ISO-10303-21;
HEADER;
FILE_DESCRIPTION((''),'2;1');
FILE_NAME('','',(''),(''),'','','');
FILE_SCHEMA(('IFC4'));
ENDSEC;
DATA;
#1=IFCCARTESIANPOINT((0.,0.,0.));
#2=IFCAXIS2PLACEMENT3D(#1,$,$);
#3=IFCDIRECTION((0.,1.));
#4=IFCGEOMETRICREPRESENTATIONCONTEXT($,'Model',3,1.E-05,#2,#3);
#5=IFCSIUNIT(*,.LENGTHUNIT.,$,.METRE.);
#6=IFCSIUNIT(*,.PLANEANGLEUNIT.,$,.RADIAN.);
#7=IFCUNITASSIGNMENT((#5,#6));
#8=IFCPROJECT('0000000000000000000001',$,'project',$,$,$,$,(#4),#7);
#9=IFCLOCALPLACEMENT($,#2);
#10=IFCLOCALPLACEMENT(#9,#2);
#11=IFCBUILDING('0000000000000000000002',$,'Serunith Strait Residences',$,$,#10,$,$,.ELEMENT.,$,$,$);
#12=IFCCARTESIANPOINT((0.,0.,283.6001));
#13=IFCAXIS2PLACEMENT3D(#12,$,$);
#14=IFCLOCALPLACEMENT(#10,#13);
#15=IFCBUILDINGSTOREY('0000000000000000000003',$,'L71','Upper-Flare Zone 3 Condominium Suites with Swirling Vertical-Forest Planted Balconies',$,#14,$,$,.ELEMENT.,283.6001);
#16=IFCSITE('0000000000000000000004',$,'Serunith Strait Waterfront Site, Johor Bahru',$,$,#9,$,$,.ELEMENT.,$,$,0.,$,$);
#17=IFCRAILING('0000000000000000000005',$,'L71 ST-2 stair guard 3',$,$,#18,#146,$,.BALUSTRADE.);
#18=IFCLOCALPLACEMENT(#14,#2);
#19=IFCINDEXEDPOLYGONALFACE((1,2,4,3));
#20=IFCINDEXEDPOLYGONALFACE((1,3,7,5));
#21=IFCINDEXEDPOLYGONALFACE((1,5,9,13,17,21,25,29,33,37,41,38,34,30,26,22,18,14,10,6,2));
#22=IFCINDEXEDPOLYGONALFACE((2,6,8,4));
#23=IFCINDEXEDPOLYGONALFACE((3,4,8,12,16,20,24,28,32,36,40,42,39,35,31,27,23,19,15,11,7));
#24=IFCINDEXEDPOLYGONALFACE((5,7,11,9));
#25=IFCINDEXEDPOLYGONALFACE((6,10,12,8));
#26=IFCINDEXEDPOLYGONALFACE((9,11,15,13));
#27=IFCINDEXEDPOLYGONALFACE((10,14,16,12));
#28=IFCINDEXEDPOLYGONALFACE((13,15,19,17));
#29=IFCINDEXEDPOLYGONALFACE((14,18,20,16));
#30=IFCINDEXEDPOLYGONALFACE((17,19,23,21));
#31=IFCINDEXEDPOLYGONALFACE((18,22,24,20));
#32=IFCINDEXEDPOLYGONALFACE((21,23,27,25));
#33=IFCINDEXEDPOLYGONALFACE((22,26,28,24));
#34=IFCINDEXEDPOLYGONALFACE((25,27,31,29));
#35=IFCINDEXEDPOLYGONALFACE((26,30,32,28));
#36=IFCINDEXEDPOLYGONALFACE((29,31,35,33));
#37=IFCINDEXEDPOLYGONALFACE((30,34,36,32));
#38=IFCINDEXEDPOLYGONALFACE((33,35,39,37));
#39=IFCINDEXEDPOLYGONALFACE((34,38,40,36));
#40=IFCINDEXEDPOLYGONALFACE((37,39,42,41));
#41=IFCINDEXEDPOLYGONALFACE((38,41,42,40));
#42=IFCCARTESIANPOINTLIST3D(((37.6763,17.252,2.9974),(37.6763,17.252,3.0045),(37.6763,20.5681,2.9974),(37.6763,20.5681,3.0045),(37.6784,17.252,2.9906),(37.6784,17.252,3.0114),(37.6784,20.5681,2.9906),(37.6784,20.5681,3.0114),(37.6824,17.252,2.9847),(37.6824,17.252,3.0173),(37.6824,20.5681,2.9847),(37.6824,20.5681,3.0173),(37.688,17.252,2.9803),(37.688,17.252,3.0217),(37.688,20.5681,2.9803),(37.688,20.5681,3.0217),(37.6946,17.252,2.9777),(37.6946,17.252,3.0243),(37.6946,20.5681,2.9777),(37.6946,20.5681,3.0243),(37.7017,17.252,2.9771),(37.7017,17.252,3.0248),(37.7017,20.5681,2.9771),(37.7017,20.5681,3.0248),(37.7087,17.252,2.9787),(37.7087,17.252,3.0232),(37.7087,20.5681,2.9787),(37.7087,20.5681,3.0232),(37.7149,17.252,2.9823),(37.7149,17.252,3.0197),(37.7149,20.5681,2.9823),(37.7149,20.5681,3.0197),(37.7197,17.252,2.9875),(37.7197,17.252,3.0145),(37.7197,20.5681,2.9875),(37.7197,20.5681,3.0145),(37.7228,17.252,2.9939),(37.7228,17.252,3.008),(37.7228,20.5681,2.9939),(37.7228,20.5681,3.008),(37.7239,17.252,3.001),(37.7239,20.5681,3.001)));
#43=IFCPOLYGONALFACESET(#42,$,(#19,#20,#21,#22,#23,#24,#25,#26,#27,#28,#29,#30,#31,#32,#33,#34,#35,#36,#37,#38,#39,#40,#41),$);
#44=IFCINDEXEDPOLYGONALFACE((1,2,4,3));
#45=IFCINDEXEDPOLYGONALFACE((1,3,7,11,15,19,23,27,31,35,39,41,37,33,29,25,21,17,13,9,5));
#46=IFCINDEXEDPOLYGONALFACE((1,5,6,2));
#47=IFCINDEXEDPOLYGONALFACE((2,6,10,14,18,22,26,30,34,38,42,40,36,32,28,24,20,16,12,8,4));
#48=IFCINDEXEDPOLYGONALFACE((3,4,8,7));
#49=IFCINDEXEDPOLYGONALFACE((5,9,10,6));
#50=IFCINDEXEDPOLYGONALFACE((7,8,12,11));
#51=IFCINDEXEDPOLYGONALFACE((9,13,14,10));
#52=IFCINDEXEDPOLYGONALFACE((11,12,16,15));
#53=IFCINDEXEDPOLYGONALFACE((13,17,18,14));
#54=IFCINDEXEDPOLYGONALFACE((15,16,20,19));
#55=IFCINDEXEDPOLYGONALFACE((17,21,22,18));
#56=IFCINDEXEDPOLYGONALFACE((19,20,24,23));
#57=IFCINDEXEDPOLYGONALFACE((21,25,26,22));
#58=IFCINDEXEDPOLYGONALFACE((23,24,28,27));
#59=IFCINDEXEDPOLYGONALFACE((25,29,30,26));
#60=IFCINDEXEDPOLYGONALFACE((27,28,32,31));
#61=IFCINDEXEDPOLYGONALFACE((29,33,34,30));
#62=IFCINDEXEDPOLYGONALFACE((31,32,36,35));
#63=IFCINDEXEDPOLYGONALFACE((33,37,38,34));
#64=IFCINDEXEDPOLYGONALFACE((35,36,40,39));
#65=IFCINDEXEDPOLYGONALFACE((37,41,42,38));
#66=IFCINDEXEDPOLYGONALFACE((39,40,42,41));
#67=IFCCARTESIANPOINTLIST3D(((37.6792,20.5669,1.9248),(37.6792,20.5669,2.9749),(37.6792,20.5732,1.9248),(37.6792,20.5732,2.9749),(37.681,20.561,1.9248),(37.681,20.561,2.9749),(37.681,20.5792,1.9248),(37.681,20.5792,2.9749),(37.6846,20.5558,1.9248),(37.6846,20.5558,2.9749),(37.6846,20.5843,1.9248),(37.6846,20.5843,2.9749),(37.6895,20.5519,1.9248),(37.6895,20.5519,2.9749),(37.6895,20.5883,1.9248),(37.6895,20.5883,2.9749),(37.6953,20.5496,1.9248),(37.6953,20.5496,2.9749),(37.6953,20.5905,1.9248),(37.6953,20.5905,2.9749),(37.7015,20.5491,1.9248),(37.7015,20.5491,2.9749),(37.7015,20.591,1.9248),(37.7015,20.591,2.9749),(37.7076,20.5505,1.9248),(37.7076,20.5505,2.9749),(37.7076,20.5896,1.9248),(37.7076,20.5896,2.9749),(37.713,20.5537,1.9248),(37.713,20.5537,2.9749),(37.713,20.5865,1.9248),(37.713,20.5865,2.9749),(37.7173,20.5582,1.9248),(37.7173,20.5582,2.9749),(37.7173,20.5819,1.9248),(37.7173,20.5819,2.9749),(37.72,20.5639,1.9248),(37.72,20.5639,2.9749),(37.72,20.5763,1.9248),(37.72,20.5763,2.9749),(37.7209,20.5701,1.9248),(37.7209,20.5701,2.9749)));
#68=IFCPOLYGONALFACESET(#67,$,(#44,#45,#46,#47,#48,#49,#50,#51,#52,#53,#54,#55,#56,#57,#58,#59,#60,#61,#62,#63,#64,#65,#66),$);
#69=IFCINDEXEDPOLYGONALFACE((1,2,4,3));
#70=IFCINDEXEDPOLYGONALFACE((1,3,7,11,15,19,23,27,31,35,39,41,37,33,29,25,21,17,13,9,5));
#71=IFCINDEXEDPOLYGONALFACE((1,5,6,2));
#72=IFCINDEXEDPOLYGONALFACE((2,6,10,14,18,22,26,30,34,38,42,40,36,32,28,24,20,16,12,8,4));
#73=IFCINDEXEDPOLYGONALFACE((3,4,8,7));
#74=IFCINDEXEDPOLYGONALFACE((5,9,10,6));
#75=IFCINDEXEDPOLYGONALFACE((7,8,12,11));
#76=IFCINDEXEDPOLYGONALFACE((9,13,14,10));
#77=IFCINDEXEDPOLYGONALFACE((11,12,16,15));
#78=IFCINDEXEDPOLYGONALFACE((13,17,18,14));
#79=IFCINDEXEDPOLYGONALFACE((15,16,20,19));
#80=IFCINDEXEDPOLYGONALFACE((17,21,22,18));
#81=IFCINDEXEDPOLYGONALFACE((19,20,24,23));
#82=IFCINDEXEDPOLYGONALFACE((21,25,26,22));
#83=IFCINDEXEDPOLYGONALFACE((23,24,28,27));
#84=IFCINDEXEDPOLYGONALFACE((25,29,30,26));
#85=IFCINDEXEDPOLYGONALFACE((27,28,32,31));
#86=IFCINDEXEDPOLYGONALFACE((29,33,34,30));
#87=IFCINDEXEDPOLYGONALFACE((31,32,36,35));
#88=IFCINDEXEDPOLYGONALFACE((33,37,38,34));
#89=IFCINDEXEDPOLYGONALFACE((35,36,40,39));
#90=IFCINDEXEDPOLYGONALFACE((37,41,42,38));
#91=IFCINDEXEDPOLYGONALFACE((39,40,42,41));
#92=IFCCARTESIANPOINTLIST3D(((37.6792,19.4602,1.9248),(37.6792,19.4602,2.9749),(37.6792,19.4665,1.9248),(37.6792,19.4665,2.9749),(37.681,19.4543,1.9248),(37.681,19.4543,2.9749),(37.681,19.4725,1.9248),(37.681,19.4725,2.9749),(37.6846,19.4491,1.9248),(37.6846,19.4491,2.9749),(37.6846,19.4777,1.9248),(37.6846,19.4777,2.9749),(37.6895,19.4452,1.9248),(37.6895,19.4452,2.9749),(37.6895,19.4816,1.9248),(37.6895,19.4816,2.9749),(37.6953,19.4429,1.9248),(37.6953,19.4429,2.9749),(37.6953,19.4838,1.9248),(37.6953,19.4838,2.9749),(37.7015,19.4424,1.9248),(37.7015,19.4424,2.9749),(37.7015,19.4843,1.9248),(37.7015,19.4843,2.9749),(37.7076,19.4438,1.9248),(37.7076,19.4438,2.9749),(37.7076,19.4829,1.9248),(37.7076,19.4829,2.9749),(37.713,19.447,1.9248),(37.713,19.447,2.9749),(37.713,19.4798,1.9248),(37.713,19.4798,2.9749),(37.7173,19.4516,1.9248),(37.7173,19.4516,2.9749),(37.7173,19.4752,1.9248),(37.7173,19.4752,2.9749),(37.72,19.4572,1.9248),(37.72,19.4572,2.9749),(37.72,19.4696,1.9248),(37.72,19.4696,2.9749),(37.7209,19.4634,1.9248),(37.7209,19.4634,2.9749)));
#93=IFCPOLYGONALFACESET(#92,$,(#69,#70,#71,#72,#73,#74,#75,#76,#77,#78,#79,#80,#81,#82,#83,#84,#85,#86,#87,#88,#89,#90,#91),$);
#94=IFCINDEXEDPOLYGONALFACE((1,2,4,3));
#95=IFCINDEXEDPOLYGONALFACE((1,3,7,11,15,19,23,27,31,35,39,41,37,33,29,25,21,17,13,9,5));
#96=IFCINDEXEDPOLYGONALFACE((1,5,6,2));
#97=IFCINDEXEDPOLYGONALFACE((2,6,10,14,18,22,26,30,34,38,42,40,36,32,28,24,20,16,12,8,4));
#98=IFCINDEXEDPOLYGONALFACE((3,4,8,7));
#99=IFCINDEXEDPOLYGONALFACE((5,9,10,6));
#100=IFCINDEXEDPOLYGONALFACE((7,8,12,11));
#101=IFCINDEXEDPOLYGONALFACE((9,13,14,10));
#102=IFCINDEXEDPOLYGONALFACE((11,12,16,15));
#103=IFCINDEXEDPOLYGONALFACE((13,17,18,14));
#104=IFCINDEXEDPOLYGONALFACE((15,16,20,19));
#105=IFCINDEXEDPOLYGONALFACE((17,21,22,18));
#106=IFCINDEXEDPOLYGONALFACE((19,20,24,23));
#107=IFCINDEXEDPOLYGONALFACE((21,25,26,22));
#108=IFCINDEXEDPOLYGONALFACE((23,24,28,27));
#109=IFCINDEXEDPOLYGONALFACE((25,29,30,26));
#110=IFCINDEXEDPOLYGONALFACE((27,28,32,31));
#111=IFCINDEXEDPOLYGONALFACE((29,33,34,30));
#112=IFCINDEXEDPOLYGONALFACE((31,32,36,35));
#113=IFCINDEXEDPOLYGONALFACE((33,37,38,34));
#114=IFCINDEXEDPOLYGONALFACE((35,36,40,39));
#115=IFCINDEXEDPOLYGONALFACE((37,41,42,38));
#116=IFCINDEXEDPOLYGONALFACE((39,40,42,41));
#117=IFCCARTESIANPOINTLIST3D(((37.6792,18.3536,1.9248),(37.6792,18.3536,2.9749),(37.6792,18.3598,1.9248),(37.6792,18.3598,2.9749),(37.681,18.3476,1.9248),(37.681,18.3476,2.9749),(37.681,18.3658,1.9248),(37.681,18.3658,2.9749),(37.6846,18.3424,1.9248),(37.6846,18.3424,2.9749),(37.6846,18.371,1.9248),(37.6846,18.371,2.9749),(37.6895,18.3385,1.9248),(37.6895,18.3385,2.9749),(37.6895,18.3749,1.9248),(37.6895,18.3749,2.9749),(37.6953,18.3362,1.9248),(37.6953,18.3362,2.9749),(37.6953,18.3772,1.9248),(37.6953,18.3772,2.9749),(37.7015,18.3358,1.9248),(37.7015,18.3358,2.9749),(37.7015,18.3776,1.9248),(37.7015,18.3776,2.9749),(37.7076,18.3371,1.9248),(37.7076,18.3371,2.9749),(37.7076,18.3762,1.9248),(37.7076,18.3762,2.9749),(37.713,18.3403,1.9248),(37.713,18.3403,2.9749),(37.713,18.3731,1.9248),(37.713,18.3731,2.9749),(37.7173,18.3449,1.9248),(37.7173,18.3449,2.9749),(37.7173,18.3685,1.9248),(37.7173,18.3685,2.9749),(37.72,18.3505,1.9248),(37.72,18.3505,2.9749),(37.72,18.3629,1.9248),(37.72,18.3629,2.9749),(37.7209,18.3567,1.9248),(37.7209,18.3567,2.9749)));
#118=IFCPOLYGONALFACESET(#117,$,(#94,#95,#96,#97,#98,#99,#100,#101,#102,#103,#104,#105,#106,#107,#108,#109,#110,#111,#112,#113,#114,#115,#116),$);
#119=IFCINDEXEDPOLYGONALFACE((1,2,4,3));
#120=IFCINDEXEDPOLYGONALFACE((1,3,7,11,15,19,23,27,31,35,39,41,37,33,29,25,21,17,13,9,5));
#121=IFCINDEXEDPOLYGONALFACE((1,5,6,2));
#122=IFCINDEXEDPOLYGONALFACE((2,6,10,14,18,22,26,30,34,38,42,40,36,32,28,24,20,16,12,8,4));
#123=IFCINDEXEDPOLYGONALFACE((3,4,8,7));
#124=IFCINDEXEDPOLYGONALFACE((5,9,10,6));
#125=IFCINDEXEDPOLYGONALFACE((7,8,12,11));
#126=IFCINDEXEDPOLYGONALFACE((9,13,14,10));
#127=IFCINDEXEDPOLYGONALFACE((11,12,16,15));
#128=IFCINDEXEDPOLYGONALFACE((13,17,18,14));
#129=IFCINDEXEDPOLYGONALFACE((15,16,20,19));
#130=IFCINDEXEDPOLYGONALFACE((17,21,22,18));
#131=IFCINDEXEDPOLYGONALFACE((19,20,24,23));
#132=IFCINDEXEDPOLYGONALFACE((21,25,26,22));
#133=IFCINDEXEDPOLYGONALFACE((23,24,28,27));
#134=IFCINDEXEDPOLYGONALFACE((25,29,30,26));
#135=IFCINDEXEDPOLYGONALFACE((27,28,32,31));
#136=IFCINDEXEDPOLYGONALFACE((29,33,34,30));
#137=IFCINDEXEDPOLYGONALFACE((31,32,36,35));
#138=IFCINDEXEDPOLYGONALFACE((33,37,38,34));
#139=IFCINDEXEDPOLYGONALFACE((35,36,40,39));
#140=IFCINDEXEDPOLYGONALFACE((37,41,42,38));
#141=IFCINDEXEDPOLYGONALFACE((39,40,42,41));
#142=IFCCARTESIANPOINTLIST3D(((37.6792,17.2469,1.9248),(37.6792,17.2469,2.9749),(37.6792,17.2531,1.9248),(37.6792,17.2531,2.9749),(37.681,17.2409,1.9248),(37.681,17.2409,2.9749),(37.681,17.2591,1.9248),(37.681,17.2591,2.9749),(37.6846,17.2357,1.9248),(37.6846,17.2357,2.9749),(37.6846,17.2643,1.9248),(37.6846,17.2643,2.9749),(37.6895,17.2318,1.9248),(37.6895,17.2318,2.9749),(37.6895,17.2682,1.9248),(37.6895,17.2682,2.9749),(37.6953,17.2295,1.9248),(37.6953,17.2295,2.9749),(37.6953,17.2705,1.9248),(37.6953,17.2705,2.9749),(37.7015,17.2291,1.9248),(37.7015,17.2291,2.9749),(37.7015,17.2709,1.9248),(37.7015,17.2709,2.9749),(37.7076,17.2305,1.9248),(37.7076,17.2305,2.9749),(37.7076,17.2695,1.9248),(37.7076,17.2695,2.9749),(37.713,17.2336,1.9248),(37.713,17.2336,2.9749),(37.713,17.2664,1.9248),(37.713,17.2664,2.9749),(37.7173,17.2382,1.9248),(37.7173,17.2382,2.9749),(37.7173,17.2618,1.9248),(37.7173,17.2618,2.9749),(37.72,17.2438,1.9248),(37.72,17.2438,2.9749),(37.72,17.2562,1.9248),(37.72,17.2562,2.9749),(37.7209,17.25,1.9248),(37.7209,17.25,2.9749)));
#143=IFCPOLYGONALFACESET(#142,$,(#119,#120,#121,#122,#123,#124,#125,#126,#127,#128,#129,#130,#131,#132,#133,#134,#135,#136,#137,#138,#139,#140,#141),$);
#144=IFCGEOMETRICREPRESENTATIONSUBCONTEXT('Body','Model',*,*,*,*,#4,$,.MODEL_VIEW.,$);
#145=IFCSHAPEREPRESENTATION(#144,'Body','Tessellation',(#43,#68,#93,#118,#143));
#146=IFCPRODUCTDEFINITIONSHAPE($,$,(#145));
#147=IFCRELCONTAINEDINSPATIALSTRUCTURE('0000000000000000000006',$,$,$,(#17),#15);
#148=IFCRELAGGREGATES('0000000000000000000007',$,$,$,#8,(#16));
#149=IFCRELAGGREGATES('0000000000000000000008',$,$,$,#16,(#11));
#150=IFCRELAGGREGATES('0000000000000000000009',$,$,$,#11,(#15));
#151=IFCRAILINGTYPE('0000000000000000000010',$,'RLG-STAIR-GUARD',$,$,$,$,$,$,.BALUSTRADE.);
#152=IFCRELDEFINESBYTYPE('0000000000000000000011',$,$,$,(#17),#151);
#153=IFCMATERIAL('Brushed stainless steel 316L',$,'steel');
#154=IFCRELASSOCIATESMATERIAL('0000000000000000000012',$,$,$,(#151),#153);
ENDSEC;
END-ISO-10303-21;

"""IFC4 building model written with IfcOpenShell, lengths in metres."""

from ifc_helpers import new_model, si_unit, direction, frame, origin, origin_2d, place, context, subcontext, project, spatial, circle, extrude, material, type_object, element, save


model = new_model("IFC4")

# Units and contexts
model_context = context("Model", 3, precision=1e-05, world=origin(), true_north=direction((0.0, 1.0)))
body_context = subcontext(model_context, "Body", "Model", "MODEL_VIEW")
ifc_project = project(units=[si_unit("LENGTHUNIT", "METRE"), si_unit("PLANEANGLEUNIT", "RADIAN")], contexts=[model_context])

# Site, building, storey
site_placement = place(None, origin())
site = spatial("IfcSite", under=ifc_project, at=site_placement, Name="Serunith Strait Waterfront Site, Johor Bahru", CompositionType="ELEMENT", RefElevation=0.0)
building_placement = place(site_placement, origin())
building = spatial("IfcBuilding", under=site, at=building_placement, Name="Serunith Strait Residences", CompositionType="ELEMENT")
storey_placement = place(building_placement, frame((0.0, 0.0, 283.6001)))
storey = spatial("IfcBuildingStorey", under=building, at=storey_placement, Name="L71", Description="Upper-Flare Zone 3 Condominium Suites with Swirling Vertical-Forest Planted Balconies", CompositionType="ELEMENT", Elevation=283.6001)

# Railing
ifc_material_1 = material(Name="Brushed stainless steel 316L", Category="steel")
railing_type_1 = type_object("IfcRailingType", Name="RLG-STAIR-GUARD", PredefinedType="BALUSTRADE", material=ifc_material_1)
for number, where, name in (
    (1, (37.7, 20.5701, 1.9248), "L71 ST-2 stair guard 3"),
):
    element("IfcRailing", number, at=place(storey_placement, frame(where)), inside=storey, type_object=railing_type_1, Name=name, PredefinedType="BALUSTRADE", context=body_context, shape_type="SweptSolid", body=[
        extrude(circle(Radius=0.0239, at=origin_2d()), frame((0.0, -0.002, 1.0762), z_axis=(0.0, -1.0, 0.0), x_axis=(1.0, 0.0, 0.0)), (0.0, 0.0, 1.0), 3.3162),
        extrude(circle(Radius=0.021, at=origin_2d()), origin(), (0.0, 0.0, 1.0), 1.05),
        extrude(circle(Radius=0.021, at=origin_2d()), frame((0.0, -1.1067, 0.0)), (0.0, 0.0, 1.0), 1.05),
        extrude(circle(Radius=0.021, at=origin_2d()), frame((0.0, -2.2134, 0.0)), (0.0, 0.0, 1.0), 1.05),
        extrude(circle(Radius=0.021, at=origin_2d()), frame((0.0, -3.3201, 0.0)), (0.0, 0.0, 1.0), 1.05),
    ])

save(model, "model.ifc")
